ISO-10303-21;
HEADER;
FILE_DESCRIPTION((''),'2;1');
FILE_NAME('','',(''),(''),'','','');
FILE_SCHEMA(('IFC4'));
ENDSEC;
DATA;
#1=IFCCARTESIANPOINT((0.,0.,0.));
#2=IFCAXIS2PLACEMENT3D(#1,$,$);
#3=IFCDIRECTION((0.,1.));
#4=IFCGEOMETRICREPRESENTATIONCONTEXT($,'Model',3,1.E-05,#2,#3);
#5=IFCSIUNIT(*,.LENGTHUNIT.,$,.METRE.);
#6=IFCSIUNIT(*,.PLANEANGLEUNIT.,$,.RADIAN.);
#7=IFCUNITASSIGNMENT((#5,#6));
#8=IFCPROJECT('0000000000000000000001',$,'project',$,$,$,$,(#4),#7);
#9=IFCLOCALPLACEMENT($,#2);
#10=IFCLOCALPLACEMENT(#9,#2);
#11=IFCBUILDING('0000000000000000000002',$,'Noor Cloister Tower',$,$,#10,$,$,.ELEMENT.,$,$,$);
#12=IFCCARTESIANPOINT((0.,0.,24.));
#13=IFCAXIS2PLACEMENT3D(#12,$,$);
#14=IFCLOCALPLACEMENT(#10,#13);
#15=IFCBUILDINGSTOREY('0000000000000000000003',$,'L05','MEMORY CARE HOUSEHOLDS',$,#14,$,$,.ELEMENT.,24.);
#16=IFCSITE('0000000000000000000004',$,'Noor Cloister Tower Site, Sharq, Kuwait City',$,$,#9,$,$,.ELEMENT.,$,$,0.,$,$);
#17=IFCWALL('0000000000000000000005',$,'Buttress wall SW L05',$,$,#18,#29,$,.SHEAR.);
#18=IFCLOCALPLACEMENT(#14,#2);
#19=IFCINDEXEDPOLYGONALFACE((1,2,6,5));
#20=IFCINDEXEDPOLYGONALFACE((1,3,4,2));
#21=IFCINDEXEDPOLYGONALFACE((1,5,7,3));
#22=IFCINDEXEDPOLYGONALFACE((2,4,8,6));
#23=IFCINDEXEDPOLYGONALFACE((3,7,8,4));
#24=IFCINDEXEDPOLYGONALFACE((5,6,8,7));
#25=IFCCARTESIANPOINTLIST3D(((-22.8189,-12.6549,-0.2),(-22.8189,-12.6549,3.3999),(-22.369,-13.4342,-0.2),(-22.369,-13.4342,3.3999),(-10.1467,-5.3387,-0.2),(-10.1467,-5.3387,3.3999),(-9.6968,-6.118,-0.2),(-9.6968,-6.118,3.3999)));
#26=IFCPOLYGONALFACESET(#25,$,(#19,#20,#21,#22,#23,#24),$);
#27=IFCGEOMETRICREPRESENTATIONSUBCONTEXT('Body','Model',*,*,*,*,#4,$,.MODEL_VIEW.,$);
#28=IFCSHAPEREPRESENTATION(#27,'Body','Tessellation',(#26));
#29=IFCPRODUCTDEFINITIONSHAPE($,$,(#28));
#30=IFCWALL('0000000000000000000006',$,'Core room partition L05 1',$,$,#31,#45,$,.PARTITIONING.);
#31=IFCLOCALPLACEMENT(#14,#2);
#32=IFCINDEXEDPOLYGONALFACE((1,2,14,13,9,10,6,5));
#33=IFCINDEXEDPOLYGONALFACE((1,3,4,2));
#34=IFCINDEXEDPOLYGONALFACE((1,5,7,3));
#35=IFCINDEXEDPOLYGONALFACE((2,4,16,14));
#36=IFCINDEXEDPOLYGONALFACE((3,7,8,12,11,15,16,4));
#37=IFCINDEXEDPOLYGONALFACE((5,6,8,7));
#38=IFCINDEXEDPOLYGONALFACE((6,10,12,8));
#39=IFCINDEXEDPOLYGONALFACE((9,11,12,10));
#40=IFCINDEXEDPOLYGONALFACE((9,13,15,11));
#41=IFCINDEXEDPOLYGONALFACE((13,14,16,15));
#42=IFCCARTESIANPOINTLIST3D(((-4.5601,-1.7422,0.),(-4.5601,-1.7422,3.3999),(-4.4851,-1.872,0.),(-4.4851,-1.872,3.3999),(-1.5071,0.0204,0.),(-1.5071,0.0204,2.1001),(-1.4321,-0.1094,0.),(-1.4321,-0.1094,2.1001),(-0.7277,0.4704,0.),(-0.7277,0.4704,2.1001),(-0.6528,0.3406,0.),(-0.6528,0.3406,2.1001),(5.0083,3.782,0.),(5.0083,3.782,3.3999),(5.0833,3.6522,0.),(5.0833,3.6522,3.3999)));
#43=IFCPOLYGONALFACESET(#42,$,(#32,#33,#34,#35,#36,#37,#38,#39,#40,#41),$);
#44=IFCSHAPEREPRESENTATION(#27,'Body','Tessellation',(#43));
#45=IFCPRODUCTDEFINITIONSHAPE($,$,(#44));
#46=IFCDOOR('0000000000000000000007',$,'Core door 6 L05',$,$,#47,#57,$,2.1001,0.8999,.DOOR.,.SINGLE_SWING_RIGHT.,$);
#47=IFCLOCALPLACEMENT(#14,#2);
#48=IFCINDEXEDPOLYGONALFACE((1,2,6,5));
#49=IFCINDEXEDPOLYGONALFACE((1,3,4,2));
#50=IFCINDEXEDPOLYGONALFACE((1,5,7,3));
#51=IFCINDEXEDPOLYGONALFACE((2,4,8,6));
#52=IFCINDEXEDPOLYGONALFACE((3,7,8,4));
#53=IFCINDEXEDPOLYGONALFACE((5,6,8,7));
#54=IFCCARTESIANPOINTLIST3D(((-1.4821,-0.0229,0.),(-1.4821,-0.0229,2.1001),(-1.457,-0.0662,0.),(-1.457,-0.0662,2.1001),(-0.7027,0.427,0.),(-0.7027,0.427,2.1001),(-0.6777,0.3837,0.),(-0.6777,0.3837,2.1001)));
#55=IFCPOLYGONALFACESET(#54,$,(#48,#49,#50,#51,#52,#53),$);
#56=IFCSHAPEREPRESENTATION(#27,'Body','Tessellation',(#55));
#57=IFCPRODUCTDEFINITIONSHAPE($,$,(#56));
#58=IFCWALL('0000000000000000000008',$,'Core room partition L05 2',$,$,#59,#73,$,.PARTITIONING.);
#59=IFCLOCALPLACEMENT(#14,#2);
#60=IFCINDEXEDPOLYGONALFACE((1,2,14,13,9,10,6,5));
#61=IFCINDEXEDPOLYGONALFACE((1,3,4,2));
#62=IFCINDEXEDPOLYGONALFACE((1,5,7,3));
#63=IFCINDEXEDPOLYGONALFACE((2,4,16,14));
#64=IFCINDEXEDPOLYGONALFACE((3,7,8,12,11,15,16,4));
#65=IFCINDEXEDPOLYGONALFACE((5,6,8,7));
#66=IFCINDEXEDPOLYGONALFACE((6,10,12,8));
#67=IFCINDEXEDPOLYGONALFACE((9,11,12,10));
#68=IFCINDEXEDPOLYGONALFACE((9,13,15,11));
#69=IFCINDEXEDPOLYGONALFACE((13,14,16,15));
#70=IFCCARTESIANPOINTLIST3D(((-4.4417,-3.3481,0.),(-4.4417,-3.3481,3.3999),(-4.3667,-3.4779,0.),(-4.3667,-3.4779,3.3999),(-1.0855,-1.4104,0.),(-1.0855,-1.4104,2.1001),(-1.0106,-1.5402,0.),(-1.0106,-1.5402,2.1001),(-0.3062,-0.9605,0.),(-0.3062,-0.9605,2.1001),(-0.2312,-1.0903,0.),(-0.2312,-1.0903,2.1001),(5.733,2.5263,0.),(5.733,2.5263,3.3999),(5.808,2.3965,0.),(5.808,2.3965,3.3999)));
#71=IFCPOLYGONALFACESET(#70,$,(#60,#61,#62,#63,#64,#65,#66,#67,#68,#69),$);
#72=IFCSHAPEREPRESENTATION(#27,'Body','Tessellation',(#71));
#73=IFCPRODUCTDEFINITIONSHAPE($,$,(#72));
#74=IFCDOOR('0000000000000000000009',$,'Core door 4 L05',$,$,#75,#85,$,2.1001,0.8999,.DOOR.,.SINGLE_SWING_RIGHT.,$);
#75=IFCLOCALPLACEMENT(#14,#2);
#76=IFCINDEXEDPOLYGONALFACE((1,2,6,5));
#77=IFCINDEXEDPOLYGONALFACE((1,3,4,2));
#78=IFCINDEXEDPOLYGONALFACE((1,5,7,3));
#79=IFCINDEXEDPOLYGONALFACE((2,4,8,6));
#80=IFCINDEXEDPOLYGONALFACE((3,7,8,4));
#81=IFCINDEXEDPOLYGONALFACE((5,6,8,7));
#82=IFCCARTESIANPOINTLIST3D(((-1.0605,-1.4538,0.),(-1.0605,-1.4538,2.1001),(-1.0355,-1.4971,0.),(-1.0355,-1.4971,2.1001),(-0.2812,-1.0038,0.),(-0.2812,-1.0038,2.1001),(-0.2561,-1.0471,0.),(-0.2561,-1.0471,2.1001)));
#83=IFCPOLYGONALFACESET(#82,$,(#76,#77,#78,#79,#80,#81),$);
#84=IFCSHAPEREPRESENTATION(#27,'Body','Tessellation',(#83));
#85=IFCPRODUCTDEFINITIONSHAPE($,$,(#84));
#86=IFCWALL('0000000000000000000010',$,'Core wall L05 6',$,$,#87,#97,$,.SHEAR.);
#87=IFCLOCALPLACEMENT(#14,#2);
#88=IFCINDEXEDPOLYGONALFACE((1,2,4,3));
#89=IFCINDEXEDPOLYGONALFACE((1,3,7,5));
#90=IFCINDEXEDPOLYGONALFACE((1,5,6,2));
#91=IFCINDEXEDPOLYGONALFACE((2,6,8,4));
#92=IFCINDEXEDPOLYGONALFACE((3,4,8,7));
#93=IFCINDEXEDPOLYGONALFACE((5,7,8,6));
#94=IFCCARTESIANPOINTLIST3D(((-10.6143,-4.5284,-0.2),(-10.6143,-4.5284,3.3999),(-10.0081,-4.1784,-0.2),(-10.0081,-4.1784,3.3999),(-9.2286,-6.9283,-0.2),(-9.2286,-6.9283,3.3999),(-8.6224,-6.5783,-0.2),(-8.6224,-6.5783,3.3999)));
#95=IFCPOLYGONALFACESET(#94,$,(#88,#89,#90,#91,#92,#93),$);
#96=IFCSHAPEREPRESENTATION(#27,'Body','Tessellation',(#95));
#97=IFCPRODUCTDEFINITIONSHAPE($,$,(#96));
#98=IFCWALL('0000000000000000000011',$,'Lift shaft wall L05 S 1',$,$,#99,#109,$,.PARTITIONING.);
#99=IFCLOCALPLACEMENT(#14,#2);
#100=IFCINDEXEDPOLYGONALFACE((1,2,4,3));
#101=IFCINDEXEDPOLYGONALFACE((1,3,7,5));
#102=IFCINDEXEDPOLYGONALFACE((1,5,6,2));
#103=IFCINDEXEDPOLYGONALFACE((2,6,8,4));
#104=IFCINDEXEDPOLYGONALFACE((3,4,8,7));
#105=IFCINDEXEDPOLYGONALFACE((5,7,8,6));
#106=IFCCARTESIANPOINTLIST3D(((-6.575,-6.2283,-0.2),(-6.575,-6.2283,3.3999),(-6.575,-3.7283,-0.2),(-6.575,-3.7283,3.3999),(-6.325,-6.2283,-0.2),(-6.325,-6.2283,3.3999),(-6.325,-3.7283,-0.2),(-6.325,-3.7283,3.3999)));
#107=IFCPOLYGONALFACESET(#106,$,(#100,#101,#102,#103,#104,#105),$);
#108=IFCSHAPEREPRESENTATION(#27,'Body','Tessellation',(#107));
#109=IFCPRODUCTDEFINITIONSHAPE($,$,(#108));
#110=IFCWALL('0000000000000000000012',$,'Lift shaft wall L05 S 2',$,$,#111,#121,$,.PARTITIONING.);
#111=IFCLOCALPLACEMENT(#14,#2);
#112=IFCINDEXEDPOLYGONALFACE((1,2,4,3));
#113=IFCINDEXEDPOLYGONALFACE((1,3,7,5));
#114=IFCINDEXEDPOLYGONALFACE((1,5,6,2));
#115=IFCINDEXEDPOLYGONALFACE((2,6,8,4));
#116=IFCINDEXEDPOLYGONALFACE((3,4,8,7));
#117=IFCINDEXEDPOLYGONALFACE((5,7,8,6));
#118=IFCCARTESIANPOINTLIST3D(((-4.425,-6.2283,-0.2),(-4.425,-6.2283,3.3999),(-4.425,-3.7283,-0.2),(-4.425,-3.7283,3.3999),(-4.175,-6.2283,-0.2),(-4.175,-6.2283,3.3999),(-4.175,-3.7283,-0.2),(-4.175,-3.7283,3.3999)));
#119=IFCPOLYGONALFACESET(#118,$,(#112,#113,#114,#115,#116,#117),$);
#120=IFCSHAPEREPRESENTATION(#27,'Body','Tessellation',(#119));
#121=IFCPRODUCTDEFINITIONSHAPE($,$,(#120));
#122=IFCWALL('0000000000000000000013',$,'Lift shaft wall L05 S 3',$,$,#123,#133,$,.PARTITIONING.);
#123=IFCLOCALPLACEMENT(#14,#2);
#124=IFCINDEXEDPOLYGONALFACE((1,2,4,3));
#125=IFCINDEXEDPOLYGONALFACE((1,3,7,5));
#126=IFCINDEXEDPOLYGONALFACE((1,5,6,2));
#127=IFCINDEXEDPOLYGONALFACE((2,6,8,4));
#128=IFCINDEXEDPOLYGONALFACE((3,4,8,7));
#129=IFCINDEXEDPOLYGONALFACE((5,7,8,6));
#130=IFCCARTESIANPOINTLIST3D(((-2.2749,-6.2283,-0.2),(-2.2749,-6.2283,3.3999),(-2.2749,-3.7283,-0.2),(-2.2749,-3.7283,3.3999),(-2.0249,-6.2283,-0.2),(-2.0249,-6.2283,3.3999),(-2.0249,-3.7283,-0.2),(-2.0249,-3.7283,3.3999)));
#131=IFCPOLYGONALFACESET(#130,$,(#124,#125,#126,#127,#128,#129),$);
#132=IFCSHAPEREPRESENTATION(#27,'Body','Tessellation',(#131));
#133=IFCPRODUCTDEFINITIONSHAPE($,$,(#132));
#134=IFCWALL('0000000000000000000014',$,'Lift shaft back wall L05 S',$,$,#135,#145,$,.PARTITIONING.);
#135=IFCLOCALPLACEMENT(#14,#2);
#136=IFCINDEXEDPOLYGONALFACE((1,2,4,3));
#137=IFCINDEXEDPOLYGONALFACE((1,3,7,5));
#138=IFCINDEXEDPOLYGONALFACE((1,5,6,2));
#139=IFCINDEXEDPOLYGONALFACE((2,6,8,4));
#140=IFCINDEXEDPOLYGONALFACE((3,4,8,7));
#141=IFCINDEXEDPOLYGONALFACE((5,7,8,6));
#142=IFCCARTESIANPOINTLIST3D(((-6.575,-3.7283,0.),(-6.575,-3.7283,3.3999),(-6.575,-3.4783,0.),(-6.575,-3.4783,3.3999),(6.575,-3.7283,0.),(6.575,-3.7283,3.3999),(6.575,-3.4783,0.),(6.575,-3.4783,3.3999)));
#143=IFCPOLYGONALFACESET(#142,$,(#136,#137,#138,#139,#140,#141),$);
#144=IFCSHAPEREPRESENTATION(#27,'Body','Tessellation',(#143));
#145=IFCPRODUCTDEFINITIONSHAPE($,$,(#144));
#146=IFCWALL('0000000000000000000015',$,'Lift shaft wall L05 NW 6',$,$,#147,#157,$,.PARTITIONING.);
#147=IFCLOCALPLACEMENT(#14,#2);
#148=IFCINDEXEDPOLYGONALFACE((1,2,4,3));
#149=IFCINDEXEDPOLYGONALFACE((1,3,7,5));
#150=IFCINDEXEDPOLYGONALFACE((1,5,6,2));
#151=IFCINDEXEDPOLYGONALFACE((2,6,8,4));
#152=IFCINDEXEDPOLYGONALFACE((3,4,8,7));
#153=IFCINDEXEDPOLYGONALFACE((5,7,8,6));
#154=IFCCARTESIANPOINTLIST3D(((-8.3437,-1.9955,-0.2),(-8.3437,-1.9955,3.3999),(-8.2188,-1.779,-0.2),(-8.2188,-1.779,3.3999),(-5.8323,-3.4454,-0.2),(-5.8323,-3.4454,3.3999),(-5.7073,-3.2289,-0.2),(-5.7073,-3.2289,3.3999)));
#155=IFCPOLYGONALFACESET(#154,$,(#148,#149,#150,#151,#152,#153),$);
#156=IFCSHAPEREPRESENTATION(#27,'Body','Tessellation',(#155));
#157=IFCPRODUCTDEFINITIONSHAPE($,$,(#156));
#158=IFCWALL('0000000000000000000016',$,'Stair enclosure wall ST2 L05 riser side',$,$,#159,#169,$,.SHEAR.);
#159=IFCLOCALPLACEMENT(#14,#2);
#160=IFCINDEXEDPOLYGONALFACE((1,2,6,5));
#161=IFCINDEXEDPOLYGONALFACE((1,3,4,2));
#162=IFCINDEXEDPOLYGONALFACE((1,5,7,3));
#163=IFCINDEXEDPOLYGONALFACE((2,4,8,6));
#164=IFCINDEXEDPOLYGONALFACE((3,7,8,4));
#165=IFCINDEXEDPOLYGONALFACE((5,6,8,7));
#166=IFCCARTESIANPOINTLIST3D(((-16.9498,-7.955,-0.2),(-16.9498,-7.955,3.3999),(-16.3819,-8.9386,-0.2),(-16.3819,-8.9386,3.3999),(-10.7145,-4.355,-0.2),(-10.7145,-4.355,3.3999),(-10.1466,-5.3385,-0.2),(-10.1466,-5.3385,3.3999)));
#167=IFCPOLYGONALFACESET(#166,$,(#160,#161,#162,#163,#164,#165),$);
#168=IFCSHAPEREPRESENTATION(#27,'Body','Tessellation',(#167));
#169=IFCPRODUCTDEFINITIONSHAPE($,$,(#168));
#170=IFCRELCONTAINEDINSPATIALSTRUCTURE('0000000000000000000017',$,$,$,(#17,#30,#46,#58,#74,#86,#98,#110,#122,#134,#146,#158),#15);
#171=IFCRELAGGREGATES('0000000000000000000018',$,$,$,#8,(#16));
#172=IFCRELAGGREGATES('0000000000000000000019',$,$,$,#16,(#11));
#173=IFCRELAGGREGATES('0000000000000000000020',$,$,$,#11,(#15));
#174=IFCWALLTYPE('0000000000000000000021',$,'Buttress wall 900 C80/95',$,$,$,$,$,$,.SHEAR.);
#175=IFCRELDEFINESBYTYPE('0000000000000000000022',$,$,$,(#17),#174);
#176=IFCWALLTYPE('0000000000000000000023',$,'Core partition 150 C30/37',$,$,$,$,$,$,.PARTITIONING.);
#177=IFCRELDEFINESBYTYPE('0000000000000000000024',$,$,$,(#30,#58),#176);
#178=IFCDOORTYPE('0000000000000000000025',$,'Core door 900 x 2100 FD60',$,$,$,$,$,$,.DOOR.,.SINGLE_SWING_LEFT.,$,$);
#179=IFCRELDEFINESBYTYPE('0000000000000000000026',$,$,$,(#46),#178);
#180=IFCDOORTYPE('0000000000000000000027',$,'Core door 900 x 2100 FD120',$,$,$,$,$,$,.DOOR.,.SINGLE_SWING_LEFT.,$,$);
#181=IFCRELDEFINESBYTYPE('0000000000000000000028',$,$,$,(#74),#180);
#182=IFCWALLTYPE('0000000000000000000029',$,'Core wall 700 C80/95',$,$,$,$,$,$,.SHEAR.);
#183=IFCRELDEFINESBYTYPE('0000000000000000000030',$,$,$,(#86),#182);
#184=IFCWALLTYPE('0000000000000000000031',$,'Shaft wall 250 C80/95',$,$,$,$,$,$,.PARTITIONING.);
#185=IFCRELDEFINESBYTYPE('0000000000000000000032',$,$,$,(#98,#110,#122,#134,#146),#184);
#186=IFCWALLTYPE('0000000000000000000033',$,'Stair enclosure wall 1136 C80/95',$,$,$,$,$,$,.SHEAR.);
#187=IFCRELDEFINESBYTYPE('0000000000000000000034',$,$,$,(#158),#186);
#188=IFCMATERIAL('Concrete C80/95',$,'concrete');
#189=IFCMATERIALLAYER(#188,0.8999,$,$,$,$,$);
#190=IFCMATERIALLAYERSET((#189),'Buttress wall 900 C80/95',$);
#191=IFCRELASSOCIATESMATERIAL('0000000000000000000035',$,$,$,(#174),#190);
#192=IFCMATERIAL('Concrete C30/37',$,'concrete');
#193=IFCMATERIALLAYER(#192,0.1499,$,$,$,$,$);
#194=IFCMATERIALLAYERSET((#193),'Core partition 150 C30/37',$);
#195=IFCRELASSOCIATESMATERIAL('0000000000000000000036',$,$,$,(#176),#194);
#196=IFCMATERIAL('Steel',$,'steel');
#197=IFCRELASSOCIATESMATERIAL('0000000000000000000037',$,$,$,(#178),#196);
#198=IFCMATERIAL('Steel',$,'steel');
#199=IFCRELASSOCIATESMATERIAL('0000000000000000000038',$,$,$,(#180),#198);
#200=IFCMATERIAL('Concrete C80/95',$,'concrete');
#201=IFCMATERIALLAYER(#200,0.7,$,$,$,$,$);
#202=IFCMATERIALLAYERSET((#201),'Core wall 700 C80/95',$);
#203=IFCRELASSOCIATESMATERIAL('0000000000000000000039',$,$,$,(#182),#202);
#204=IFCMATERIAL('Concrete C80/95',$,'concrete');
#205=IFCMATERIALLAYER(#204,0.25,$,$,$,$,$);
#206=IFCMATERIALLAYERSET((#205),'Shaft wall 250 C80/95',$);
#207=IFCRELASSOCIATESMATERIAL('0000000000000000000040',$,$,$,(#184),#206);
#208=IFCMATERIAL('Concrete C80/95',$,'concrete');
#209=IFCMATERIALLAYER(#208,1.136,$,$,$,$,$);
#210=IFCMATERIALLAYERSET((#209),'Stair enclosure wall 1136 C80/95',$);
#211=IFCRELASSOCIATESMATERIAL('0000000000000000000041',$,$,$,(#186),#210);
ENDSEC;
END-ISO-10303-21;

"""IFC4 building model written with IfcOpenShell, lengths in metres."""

from ifc_helpers import new_model, si_unit, direction, frame, frame_2d, origin, place, context, subcontext, project, spatial, rectangle, extrude, material, layer, layer_set, type_object, element, fill, save


model = new_model("IFC4")

# Units and contexts
model_context = context("Model", 3, precision=1e-05, world=origin(), true_north=direction((0.0, 1.0)))
body_context = subcontext(model_context, "Body", "Model", "MODEL_VIEW")
ifc_project = project(units=[si_unit("LENGTHUNIT", "METRE"), si_unit("PLANEANGLEUNIT", "RADIAN")], contexts=[model_context])

# Site, building, storey
site_placement = place(None, origin())
site = spatial("IfcSite", under=ifc_project, at=site_placement, Name="Noor Cloister Tower Site, Sharq, Kuwait City", CompositionType="ELEMENT", RefElevation=0.0)
building_placement = place(site_placement, origin())
building = spatial("IfcBuilding", under=site, at=building_placement, Name="Noor Cloister Tower", CompositionType="ELEMENT")
storey_placement = place(building_placement, frame((0.0, 0.0, 24.0)))
storey = spatial("IfcBuildingStorey", under=building, at=storey_placement, Name="L05", Description="MEMORY CARE HOUSEHOLDS", CompositionType="ELEMENT", Elevation=24.0)

# Wall
ifc_material_1 = material(Name="Concrete C80/95", Category="concrete")
ifc_layer_1 = layer(ifc_material_1, 0.8999)
ifc_layer_set_1 = layer_set([ifc_layer_1], Name="Buttress wall 900 C80/95")
wall_type_1 = type_object("IfcWallType", Name="Buttress wall 900 C80/95", PredefinedType="SHEAR", material=ifc_layer_set_1)
wall_1_placement = place(storey_placement, frame((-9.9216, -5.7283, -0.2), z_axis=(0.0, 0.0, 1.0), x_axis=(-0.866028, -0.499995, 0.0)))
element("IfcWall", 1, at=wall_1_placement, inside=storey, type_object=wall_type_1, Name="Buttress wall SW L05", PredefinedType="SHEAR", context=body_context, shape_type="SweptSolid", body=[
    extrude(rectangle(XDim=14.6326, YDim=0.8999, at=frame_2d((7.3164, 0.0))), origin(), (0.0, 0.0, 1.0), 3.5999),
])

# Walls, openings, doors
ifc_material_2 = material(Name="Concrete C30/37", Category="concrete")
ifc_layer_2 = layer(ifc_material_2, 0.1499)
ifc_layer_set_2 = layer_set([ifc_layer_2], Name="Core partition 150 C30/37")
wall_type_2 = type_object("IfcWallType", Name="Core partition 150 C30/37", PredefinedType="PARTITIONING", material=ifc_layer_set_2)
wall_2_placement = place(storey_placement, frame((-4.5227, -1.8071, 0.0), z_axis=(0.0, 0.0, 1.0), x_axis=(0.86603, 0.499992, 0.0)))
wall_2 = element("IfcWall", 2, at=wall_2_placement, inside=storey, type_object=wall_type_2, Name="Core room partition L05 1", PredefinedType="PARTITIONING", context=body_context, shape_type="SweptSolid", body=[
    extrude(rectangle(XDim=11.0486, YDim=0.1499, at=frame_2d((5.5244, 0.0))), origin(), (0.0, 0.0, 1.0), 3.3999),
])
opening_1_placement = place(wall_2_placement, frame((3.5254, 0.0, 0.0)))
opening_1 = element("IfcOpeningElement", 3, at=opening_1_placement, cuts=wall_2, PredefinedType="OPENING", context=body_context, shape_type="SweptSolid", body=[
    extrude(rectangle(XDim=0.8999, YDim=2.1001, at=frame_2d((0.45, 1.05))), frame((0.0, 0.085, 0.0), z_axis=(0.0, -1.0, 0.0), x_axis=(1.0, 0.0, 0.0)), (0.0, 0.0, 1.0), 0.1699),
])
ifc_material_3 = material(Name="Steel", Category="steel")
door_type_1 = type_object("IfcDoorType", Name="Core door 900 x 2100 FD60", OperationType="SINGLE_SWING_LEFT", PredefinedType="DOOR", material=ifc_material_3)
door_1_placement = place(opening_1_placement, origin())
door_1 = element("IfcDoor", 4, at=door_1_placement, inside=storey, type_object=door_type_1, Name="Core door 6 L05", OperationType="SINGLE_SWING_RIGHT", OverallHeight=2.1001, OverallWidth=0.8999, PredefinedType="DOOR", context=body_context, shape_type="SweptSolid", body=[
    extrude(rectangle(XDim=0.8999, YDim=2.1001, at=frame_2d((0.45, 1.05))), frame((0.0, 0.0249, 0.0), z_axis=(0.0, -1.0, 0.0), x_axis=(1.0, 0.0, 0.0)), (0.0, 0.0, 1.0), 0.05),
])
fill(opening_1, door_1)
wall_3_placement = place(storey_placement, frame((-4.4043, -3.4131, 0.0), z_axis=(0.0, 0.0, 1.0), x_axis=(0.866022, 0.500005, 0.0)))
wall_3 = element("IfcWall", 5, at=wall_3_placement, inside=storey, type_object=wall_type_2, Name="Core room partition L05 2", PredefinedType="PARTITIONING", context=body_context, shape_type="SweptSolid", body=[
    extrude(rectangle(XDim=11.7488, YDim=0.1499, at=frame_2d((5.8745, 0.0))), origin(), (0.0, 0.0, 1.0), 3.3999),
])
opening_2_placement = place(wall_3_placement, frame((3.8755, 0.0, 0.0)))
opening_2 = element("IfcOpeningElement", 6, at=opening_2_placement, cuts=wall_3, PredefinedType="OPENING", context=body_context, shape_type="SweptSolid", body=[
    extrude(rectangle(XDim=0.8999, YDim=2.1001, at=frame_2d((0.45, 1.05))), frame((0.0, 0.085, 0.0), z_axis=(0.0, -1.0, 0.0), x_axis=(1.0, 0.0, 0.0)), (0.0, 0.0, 1.0), 0.1699),
])
ifc_material_4 = material(Name="Steel", Category="steel")
door_type_2 = type_object("IfcDoorType", Name="Core door 900 x 2100 FD120", OperationType="SINGLE_SWING_LEFT", PredefinedType="DOOR", material=ifc_material_4)
door_2_placement = place(opening_2_placement, origin())
door_2 = element("IfcDoor", 7, at=door_2_placement, inside=storey, type_object=door_type_2, Name="Core door 4 L05", OperationType="SINGLE_SWING_RIGHT", OverallHeight=2.1001, OverallWidth=0.8999, PredefinedType="DOOR", context=body_context, shape_type="SweptSolid", body=[
    extrude(rectangle(XDim=0.8999, YDim=2.1001, at=frame_2d((0.45, 1.05))), frame((0.0, 0.0249, 0.0), z_axis=(0.0, -1.0, 0.0), x_axis=(1.0, 0.0, 0.0)), (0.0, 0.0, 1.0), 0.05),
])
fill(opening_2, door_2)

# Walls
ifc_material_5 = material(Name="Concrete C80/95", Category="concrete")
ifc_layer_3 = layer(ifc_material_5, 0.7)
ifc_layer_set_3 = layer_set([ifc_layer_3], Name="Core wall 700 C80/95")
wall_type_3 = type_object("IfcWallType", Name="Core wall 700 C80/95", PredefinedType="SHEAR", material=ifc_layer_set_3)
wall_4_placement = place(storey_placement, frame((-10.3113, -4.3533, -0.2), z_axis=(0.0, 0.0, 1.0), x_axis=(0.500043, -0.866001, 0.0)))
element("IfcWall", 8, at=wall_4_placement, inside=storey, type_object=wall_type_3, Name="Core wall L05 6", PredefinedType="SHEAR", context=body_context, shape_type="SweptSolid", body=[
    extrude(rectangle(XDim=2.7712, YDim=0.7, at=frame_2d((1.3857, 0.0))), origin(), (0.0, 0.0, 1.0), 3.5999),
])
ifc_material_6 = material(Name="Concrete C80/95", Category="concrete")
ifc_layer_4 = layer(ifc_material_6, 0.25)
ifc_layer_set_4 = layer_set([ifc_layer_4], Name="Shaft wall 250 C80/95")
wall_type_4 = type_object("IfcWallType", Name="Shaft wall 250 C80/95", PredefinedType="PARTITIONING", material=ifc_layer_set_4)
for number, where, z_axis, x_axis, name in (
    (9, (-6.45, -6.2283, -0.2), (0.0, 0.0, 1.0), (0.0, 1.0, 0.0), "Lift shaft wall L05 S 1"),
    (10, (-4.3, -6.2283, -0.2), (0.0, 0.0, 1.0), (0.0, 1.0, 0.0), "Lift shaft wall L05 S 2"),
    (11, (-2.1499, -6.2283, -0.2), (0.0, 0.0, 1.0), (0.0, 1.0, 0.0), "Lift shaft wall L05 S 3"),
):
    element("IfcWall", number, at=place(storey_placement, frame(where, z_axis=z_axis, x_axis=x_axis)), inside=storey, type_object=wall_type_4, Name=name, PredefinedType="PARTITIONING", context=body_context, shape_type="SweptSolid", body=[
        extrude(rectangle(XDim=2.5, YDim=0.25, at=frame_2d((1.25, 0.0))), origin(), (0.0, 0.0, 1.0), 3.5999),
    ])
wall_5_placement = place(storey_placement, frame((-6.575, -3.6033, 0.0), z_axis=(0.0, 0.0, 1.0), x_axis=(1.0, 0.0, 0.0)))
element("IfcWall", 12, at=wall_5_placement, inside=storey, type_object=wall_type_4, Name="Lift shaft back wall L05 S", PredefinedType="PARTITIONING", context=body_context, shape_type="SweptSolid", body=[
    extrude(rectangle(XDim=13.1499, YDim=0.25, at=frame_2d((6.575, 0.0))), origin(), (0.0, 0.0, 1.0), 3.3999),
])
wall_6_placement = place(storey_placement, frame((-8.2812, -1.8872, -0.2), z_axis=(0.0, 0.0, 1.0), x_axis=(0.866033, -0.499987, 0.0)))
element("IfcWall", 13, at=wall_6_placement, inside=storey, type_object=wall_type_4, Name="Lift shaft wall L05 NW 6", PredefinedType="PARTITIONING", context=body_context, shape_type="SweptSolid", body=[
    extrude(rectangle(XDim=2.8999, YDim=0.25, at=frame_2d((1.45, 0.0))), origin(), (0.0, 0.0, 1.0), 3.5999),
])
ifc_material_7 = material(Name="Concrete C80/95", Category="concrete")
ifc_layer_5 = layer(ifc_material_7, 1.136)
ifc_layer_set_5 = layer_set([ifc_layer_5], Name="Stair enclosure wall 1136 C80/95")
wall_type_5 = type_object("IfcWallType", Name="Stair enclosure wall 1136 C80/95", PredefinedType="SHEAR", material=ifc_layer_set_5)
wall_7_placement = place(storey_placement, frame((-10.4304, -4.8467, -0.2), z_axis=(0.0, 0.0, 1.0), x_axis=(-0.866018, -0.500012, 0.0)))
element("IfcWall", 14, at=wall_7_placement, inside=storey, type_object=wall_type_5, Name="Stair enclosure wall ST2 L05 riser side", PredefinedType="SHEAR", context=body_context, shape_type="SweptSolid", body=[
    extrude(rectangle(XDim=7.2, YDim=1.1357, at=frame_2d((3.6001, 0.0))), origin(), (0.0, 0.0, 1.0), 3.5999),
])

save(model, "model.ifc")
